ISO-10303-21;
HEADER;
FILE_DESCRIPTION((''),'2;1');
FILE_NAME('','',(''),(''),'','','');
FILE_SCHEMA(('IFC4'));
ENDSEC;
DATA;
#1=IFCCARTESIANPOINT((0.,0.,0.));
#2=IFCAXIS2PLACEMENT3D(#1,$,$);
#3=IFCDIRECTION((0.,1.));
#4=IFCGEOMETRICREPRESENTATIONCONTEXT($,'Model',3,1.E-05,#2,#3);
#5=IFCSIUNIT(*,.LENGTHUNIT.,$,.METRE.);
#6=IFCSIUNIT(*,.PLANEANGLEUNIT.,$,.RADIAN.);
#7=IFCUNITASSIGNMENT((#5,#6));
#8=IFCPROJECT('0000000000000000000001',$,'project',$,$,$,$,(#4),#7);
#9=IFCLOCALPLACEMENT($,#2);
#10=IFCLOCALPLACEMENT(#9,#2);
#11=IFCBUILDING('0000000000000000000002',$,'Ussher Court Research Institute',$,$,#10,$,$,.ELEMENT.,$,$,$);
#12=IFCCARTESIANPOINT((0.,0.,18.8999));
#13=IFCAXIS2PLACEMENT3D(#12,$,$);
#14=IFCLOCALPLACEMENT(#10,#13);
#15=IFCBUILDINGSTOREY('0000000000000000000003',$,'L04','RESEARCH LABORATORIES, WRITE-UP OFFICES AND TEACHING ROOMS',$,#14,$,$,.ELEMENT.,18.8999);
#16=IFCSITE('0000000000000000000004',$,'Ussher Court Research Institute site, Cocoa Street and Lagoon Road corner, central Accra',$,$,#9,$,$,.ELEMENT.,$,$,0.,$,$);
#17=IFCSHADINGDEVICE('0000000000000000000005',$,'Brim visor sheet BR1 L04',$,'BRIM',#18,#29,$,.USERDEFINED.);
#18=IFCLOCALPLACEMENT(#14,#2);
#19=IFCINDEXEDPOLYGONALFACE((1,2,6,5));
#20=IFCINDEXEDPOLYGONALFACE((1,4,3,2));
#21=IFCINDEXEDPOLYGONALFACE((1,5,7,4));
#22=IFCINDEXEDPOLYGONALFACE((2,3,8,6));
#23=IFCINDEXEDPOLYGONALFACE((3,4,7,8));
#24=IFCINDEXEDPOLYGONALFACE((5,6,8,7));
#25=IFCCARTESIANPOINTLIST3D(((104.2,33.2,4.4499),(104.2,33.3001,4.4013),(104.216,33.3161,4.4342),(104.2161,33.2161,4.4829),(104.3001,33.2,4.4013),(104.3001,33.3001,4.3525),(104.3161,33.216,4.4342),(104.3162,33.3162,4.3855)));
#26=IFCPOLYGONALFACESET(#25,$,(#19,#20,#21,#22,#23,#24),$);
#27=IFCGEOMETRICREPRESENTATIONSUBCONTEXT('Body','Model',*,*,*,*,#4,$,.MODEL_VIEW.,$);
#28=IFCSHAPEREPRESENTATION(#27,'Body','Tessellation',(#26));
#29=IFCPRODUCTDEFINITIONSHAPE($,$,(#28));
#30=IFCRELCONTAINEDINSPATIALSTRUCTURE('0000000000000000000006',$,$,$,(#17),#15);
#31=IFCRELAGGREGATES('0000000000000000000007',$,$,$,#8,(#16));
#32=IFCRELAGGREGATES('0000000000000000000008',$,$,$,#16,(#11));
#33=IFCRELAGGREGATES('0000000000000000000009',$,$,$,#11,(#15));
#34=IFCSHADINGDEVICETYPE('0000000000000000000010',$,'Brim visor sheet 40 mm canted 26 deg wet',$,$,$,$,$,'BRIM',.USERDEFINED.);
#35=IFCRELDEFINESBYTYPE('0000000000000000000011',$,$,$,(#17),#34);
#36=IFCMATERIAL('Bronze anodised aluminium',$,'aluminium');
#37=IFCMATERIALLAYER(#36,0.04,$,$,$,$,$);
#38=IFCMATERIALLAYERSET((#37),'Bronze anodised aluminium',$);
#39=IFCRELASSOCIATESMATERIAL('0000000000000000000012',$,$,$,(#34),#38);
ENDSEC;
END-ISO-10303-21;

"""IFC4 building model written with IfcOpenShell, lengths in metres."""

from ifc_helpers import new_model, si_unit, direction, frame, origin, place, context, subcontext, project, spatial, polyline, outline, extrude, material, layer, layer_set, type_object, element, save


model = new_model("IFC4")

# Units and contexts
model_context = context("Model", 3, precision=1e-05, world=origin(), true_north=direction((0.0, 1.0)))
body_context = subcontext(model_context, "Body", "Model", "MODEL_VIEW")
ifc_project = project(units=[si_unit("LENGTHUNIT", "METRE"), si_unit("PLANEANGLEUNIT", "RADIAN")], contexts=[model_context])

# Site, building, storey
site_placement = place(None, origin())
site = spatial("IfcSite", under=ifc_project, at=site_placement, Name="Ussher Court Research Institute site, Cocoa Street and Lagoon Road corner, central Accra", CompositionType="ELEMENT", RefElevation=0.0)
building_placement = place(site_placement, origin())
building = spatial("IfcBuilding", under=site, at=building_placement, Name="Ussher Court Research Institute", CompositionType="ELEMENT")
storey_placement = place(building_placement, frame((0.0, 0.0, 18.8999)))
storey = spatial("IfcBuildingStorey", under=building, at=storey_placement, Name="L04", Description="RESEARCH LABORATORIES, WRITE-UP OFFICES AND TEACHING ROOMS", CompositionType="ELEMENT", Elevation=18.8999)

# Shading device
ifc_material_1 = material(Name="Bronze anodised aluminium", Category="aluminium")
ifc_layer_1 = layer(ifc_material_1, 0.04)
ifc_layer_set_1 = layer_set([ifc_layer_1], Name="Bronze anodised aluminium")
shading_device_type_1 = type_object("IfcShadingDeviceType", Name="Brim visor sheet 40 mm canted 26 deg wet", ElementType="BRIM", PredefinedType="USERDEFINED", material=ifc_layer_set_1)
shading_device_1_placement = place(storey_placement, frame((104.2161, 33.2161, 4.4829), z_axis=(0.400848, 0.400848, 0.823797), x_axis=(0.899269, -0.000362, -0.437395)))
element("IfcShadingDevice", 1, at=shading_device_1_placement, inside=storey, type_object=shading_device_type_1, Name="Brim visor sheet BR1 L04", ObjectType="BRIM", PredefinedType="USERDEFINED", context=body_context, shape_type="SweptSolid", body=[
    extrude(outline(polyline([(0.0, 0.0), (0.1113, 0.0), (0.1326, 0.1093), (0.0212, 0.1092), (0.0, 0.0)])), origin(), (0.0, 0.0, -1.0), 0.04),
])

save(model, "model.ifc")
